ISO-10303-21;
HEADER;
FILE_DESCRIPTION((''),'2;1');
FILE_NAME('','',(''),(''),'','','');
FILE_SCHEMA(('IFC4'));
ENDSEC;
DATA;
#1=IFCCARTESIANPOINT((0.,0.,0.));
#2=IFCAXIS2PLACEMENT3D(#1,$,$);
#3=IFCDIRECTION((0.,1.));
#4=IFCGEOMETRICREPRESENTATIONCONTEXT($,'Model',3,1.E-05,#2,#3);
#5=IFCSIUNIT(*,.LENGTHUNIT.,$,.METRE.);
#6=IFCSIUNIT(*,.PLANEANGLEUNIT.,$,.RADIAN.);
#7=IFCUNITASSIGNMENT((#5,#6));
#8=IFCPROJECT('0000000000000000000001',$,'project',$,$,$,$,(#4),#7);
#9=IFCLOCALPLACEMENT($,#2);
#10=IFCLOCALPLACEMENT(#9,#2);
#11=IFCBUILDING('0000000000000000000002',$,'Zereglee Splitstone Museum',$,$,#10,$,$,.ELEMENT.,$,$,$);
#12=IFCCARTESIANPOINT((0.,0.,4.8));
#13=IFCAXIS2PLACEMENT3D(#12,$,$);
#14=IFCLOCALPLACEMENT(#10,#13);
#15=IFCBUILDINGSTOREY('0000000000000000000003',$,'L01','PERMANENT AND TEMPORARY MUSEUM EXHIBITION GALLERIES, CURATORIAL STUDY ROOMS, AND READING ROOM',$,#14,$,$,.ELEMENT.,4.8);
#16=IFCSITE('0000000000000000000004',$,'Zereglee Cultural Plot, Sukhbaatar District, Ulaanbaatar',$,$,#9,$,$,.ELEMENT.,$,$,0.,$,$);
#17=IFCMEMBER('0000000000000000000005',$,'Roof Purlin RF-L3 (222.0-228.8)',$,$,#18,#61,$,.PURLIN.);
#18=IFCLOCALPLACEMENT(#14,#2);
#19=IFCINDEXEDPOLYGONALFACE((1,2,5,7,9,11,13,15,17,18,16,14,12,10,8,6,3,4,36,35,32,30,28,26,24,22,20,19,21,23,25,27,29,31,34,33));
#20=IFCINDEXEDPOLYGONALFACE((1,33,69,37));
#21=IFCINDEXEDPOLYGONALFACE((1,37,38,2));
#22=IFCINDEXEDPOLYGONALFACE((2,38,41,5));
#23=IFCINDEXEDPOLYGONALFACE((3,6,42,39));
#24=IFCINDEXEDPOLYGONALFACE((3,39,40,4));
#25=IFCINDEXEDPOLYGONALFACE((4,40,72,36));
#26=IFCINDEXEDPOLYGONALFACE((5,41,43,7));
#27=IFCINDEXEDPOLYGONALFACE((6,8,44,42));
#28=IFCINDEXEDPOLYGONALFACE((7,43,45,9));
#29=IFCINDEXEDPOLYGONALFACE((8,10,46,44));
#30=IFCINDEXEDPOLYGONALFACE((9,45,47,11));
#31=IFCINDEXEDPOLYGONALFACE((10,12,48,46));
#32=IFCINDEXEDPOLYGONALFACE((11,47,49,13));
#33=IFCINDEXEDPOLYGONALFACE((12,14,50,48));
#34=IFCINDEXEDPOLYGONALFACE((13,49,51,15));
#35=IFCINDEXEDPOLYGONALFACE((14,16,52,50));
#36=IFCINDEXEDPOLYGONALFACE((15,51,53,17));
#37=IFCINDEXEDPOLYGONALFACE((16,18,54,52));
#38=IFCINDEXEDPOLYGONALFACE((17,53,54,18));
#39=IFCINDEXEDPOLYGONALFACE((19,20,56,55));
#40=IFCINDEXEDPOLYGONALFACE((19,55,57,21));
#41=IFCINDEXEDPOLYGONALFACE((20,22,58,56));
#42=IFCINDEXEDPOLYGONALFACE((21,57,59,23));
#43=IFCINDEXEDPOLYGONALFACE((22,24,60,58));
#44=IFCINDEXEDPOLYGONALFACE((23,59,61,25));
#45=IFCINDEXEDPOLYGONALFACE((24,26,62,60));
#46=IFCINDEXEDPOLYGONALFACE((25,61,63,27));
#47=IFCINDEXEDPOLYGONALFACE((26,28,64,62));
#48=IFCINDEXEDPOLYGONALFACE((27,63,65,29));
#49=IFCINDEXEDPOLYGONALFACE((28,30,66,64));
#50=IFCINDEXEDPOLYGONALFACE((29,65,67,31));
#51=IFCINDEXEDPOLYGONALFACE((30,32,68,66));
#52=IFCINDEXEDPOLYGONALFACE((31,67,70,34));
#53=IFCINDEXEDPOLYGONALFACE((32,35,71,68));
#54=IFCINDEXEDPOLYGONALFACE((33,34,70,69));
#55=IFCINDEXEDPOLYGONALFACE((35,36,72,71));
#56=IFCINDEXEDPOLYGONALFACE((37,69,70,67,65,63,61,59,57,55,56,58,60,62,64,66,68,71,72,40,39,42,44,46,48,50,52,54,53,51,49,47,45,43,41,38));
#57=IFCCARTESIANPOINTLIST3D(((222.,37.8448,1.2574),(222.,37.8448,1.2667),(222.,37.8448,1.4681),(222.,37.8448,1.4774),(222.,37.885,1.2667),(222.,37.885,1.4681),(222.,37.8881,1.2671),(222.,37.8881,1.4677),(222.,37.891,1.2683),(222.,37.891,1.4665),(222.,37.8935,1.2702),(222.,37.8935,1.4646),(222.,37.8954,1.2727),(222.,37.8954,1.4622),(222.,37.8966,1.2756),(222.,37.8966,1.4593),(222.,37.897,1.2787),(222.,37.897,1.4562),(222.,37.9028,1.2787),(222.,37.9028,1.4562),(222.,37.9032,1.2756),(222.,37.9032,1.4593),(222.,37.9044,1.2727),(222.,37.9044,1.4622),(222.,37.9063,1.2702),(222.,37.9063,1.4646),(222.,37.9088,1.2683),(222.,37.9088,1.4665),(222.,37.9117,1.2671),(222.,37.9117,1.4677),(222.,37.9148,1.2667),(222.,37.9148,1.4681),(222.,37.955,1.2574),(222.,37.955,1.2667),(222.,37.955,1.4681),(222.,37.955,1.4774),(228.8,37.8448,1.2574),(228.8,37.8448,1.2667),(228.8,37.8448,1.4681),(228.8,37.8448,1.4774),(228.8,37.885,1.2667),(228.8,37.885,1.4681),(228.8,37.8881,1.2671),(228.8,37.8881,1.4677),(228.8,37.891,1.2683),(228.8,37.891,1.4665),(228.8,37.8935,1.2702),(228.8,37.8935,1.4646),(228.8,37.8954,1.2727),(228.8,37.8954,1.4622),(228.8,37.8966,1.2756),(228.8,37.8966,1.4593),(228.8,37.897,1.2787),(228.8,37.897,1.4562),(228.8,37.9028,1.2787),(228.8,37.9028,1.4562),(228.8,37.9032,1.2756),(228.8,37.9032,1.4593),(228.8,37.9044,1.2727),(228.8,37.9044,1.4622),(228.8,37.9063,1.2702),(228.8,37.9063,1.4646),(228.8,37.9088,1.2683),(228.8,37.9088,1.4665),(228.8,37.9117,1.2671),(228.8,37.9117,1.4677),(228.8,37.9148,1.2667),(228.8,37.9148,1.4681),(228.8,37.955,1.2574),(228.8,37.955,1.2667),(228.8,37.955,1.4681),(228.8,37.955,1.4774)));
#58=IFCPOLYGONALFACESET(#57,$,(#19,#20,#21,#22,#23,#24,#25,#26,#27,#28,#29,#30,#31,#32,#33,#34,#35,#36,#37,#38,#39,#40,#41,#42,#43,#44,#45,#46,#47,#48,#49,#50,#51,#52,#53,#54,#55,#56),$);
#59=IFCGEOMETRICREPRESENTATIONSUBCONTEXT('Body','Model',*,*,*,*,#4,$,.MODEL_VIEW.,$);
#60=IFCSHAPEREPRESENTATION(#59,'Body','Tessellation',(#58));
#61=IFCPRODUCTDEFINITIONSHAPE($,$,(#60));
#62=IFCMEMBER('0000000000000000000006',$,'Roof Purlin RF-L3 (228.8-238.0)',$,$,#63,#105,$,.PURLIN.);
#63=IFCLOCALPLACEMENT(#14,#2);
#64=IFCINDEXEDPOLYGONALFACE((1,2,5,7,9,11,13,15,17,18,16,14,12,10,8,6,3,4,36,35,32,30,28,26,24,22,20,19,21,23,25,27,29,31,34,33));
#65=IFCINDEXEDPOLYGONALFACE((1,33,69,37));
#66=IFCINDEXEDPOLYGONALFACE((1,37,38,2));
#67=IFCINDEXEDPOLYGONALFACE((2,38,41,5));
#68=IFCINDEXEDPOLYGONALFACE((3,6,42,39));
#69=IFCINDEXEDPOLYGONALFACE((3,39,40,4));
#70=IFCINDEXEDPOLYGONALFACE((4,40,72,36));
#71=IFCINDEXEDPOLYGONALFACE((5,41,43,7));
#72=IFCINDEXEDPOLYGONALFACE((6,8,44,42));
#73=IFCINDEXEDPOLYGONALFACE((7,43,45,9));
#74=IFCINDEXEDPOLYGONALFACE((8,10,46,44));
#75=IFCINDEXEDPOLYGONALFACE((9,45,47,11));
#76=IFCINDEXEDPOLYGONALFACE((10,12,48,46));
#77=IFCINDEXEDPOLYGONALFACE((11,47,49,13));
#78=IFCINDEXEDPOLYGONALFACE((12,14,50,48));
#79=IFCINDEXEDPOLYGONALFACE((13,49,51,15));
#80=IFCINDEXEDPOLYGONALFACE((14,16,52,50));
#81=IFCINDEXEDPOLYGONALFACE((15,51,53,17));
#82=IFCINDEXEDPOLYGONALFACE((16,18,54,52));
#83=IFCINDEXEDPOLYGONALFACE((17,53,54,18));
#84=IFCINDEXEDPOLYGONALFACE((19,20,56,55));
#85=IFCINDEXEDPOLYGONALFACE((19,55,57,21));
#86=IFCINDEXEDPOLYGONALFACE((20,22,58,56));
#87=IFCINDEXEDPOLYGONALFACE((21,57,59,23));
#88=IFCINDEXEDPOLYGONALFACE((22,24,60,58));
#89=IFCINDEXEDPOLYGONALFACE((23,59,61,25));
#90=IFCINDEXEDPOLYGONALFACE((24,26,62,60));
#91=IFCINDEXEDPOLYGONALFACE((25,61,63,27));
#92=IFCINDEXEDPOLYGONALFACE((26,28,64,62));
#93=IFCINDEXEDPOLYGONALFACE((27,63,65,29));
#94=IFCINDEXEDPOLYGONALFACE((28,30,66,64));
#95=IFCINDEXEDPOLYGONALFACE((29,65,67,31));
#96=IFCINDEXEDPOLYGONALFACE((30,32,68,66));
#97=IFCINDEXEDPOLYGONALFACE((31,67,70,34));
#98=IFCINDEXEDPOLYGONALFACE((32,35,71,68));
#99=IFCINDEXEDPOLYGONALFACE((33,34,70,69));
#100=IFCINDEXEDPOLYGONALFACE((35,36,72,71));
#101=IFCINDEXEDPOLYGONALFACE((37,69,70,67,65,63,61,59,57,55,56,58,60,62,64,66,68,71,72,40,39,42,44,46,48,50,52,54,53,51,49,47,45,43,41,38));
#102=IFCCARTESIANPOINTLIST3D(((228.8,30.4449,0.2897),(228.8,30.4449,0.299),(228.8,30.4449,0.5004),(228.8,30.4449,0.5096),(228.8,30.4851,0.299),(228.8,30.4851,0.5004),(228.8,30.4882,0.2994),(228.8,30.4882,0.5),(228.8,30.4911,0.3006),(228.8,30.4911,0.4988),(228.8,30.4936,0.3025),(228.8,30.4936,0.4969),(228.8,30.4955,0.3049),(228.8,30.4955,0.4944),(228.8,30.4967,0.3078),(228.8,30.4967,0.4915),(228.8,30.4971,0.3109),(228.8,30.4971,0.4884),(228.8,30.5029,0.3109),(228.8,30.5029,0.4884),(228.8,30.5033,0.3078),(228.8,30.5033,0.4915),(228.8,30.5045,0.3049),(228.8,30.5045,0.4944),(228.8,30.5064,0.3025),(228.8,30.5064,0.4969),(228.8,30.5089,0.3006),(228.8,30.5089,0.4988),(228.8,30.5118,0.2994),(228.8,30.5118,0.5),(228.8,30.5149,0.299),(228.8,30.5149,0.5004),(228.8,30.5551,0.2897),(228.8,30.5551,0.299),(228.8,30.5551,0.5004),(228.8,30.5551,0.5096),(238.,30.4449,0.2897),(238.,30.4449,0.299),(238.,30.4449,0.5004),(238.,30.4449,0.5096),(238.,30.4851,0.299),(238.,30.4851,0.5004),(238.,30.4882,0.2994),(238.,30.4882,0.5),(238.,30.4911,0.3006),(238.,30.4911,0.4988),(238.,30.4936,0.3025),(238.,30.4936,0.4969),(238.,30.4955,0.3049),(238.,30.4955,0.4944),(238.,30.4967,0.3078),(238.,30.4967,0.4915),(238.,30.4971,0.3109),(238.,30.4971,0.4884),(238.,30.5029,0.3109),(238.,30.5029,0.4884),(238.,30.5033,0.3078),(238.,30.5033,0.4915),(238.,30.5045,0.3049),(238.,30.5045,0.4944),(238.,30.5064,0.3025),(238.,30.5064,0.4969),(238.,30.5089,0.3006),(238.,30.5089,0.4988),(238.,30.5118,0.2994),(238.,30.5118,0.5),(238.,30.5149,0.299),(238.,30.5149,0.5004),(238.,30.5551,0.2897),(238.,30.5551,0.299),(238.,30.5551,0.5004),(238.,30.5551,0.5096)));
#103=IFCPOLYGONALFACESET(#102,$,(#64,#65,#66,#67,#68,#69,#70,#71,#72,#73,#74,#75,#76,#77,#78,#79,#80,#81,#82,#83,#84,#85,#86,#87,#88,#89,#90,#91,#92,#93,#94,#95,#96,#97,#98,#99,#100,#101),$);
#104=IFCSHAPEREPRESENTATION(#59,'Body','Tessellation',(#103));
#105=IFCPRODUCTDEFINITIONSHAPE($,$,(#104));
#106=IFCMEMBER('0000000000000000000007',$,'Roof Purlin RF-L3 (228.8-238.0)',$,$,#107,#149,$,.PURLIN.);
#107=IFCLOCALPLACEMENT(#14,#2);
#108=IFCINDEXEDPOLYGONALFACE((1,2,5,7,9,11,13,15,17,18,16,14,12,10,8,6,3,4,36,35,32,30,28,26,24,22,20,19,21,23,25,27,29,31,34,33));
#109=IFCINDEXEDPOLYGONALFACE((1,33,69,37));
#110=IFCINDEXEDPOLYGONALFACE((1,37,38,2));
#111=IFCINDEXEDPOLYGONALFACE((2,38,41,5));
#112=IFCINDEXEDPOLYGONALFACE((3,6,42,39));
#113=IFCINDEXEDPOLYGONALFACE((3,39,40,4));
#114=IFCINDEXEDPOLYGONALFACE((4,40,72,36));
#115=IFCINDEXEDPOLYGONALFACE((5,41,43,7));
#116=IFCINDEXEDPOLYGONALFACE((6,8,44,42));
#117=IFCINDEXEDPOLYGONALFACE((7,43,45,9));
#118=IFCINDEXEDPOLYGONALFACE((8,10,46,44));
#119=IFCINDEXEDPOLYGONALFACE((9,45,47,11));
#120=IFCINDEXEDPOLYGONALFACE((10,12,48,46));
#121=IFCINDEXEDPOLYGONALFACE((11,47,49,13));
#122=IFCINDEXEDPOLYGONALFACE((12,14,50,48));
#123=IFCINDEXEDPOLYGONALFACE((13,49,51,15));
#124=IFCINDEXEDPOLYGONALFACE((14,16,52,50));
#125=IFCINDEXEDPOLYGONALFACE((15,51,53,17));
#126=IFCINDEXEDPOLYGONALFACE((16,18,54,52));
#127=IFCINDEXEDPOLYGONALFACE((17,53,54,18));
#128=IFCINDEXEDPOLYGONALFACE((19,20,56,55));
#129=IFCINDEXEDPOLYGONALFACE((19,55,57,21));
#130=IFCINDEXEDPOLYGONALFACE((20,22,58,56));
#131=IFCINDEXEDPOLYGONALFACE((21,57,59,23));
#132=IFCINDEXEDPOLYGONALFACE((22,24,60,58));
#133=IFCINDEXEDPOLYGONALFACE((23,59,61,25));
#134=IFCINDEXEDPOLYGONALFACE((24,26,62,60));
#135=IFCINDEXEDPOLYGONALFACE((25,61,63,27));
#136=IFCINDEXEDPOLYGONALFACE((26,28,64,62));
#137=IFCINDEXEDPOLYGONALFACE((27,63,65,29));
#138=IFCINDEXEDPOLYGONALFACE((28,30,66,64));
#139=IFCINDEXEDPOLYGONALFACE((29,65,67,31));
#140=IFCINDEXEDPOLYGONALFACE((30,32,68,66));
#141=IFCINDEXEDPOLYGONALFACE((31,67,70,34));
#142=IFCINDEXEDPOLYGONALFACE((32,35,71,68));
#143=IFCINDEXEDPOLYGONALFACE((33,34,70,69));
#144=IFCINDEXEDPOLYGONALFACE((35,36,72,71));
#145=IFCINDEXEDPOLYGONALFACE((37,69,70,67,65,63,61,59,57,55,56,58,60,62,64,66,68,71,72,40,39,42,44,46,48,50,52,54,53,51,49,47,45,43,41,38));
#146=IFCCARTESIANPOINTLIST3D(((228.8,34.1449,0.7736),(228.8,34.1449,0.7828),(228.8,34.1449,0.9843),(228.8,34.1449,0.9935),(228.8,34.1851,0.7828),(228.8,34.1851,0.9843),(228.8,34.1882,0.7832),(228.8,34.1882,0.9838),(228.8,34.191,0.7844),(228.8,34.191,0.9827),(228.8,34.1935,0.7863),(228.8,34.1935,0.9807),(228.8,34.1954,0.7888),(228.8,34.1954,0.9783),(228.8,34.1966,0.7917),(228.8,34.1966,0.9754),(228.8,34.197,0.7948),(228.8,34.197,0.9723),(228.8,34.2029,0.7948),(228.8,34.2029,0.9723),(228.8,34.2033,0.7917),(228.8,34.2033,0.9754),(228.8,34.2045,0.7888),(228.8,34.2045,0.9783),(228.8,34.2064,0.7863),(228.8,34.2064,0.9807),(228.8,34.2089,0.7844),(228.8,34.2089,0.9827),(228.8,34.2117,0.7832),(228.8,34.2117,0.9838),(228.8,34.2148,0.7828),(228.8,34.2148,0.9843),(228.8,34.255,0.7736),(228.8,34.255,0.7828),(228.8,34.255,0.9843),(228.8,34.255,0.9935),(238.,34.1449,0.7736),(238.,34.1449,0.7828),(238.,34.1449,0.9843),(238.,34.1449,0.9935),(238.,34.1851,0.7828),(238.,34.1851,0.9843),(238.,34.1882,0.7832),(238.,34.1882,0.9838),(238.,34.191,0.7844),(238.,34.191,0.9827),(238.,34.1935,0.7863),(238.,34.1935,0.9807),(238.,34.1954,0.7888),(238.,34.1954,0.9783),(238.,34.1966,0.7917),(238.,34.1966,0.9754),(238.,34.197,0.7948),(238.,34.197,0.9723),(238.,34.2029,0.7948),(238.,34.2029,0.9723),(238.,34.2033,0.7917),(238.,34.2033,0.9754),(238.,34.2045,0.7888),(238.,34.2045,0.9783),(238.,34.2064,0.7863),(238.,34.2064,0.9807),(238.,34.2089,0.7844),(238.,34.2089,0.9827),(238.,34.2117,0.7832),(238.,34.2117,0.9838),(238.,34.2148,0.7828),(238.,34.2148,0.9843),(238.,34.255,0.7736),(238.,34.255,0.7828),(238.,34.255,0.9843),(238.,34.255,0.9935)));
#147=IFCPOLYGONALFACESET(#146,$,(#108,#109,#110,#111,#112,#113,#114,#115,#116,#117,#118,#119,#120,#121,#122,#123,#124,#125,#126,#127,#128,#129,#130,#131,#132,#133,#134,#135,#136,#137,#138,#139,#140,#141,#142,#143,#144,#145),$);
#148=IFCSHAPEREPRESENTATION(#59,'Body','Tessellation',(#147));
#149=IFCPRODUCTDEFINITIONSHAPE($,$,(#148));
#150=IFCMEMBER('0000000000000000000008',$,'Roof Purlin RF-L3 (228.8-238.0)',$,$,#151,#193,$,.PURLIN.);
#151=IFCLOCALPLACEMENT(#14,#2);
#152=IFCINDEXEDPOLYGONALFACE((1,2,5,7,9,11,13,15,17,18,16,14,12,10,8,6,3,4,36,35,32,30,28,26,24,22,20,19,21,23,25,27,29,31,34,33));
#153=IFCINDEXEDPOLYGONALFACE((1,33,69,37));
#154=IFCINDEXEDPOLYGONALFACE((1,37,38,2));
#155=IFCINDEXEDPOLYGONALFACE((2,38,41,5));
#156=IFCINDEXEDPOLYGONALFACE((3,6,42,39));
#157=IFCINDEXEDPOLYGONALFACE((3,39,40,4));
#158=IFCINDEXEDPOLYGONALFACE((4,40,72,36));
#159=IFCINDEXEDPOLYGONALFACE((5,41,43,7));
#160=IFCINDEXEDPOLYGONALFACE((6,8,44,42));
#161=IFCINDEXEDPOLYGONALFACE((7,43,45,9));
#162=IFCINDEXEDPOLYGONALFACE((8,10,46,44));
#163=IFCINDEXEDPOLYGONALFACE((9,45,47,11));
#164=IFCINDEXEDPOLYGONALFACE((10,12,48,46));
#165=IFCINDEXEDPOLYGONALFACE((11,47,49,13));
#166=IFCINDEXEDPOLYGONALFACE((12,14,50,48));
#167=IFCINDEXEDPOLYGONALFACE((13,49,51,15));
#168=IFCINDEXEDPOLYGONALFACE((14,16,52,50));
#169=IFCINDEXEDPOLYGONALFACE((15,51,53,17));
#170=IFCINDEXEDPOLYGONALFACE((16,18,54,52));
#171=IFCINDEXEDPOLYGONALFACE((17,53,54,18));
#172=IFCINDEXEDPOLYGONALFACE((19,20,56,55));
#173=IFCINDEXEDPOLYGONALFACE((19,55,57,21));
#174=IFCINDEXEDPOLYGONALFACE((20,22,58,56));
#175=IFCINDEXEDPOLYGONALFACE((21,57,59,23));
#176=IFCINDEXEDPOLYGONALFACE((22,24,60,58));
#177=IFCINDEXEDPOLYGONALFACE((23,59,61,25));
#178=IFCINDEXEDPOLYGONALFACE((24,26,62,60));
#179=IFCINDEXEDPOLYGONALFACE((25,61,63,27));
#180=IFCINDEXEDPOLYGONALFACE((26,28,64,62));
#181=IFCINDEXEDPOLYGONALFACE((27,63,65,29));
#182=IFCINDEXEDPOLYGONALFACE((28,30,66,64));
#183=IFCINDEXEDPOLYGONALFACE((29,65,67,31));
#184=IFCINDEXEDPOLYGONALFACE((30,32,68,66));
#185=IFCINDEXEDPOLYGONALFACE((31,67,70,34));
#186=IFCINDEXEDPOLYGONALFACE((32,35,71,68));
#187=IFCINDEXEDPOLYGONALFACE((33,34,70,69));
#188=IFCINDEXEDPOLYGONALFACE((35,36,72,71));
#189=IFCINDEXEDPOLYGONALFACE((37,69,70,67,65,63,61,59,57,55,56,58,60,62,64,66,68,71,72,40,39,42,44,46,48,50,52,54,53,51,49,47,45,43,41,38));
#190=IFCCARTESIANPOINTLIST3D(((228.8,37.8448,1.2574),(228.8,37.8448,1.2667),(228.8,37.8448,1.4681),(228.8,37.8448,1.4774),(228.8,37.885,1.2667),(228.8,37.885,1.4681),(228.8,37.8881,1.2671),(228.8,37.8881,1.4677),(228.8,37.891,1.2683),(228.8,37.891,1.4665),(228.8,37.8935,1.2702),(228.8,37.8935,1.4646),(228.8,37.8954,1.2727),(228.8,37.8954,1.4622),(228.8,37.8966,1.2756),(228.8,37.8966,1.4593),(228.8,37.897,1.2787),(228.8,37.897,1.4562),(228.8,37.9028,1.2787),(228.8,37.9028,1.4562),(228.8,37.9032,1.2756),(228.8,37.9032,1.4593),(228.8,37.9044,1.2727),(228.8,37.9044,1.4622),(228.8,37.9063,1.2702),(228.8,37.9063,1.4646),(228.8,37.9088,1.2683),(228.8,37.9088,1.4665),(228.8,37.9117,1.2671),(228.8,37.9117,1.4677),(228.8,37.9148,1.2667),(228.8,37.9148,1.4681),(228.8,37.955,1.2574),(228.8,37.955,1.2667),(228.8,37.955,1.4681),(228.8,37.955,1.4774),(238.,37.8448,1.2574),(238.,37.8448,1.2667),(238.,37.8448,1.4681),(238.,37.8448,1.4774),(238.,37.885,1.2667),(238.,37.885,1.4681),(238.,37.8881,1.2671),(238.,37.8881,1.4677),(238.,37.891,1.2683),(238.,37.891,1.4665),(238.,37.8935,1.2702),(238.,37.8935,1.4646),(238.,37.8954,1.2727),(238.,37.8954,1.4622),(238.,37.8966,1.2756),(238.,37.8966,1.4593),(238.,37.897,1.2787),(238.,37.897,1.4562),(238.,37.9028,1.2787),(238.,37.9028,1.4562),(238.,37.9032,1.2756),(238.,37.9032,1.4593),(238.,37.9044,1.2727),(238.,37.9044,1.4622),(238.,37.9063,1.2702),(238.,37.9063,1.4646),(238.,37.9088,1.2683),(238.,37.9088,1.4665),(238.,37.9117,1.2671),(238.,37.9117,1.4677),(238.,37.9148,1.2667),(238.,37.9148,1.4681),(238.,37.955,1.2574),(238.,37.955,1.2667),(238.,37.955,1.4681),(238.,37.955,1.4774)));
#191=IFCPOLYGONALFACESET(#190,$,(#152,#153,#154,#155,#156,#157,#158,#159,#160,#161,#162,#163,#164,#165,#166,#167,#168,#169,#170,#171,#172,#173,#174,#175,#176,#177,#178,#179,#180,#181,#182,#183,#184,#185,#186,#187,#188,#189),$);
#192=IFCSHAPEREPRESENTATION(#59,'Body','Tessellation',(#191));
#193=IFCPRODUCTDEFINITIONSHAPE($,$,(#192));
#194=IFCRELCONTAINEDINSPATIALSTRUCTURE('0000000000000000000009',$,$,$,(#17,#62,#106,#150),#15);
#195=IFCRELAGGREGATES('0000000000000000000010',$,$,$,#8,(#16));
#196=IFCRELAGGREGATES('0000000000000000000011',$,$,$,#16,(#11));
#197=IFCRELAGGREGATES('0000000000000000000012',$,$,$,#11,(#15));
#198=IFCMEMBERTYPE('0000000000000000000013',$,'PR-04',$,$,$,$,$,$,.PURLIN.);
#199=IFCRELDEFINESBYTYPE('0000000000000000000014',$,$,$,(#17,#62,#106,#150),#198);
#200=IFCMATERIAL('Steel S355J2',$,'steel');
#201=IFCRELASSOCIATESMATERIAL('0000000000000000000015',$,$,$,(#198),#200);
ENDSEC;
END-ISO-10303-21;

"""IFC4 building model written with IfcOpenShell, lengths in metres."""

from ifc_helpers import new_model, si_unit, direction, frame, origin, origin_2d, place, context, subcontext, project, spatial, i_section, extrude, material, material_profile, profile_set, type_object, element, save


model = new_model("IFC4")

# Units and contexts
model_context = context("Model", 3, precision=1e-05, world=origin(), true_north=direction((0.0, 1.0)))
body_context = subcontext(model_context, "Body", "Model", "MODEL_VIEW")
ifc_project = project(units=[si_unit("LENGTHUNIT", "METRE"), si_unit("PLANEANGLEUNIT", "RADIAN")], contexts=[model_context])

# Site, building, storey
site_placement = place(None, origin())
site = spatial("IfcSite", under=ifc_project, at=site_placement, Name="Zereglee Cultural Plot, Sukhbaatar District, Ulaanbaatar", CompositionType="ELEMENT", RefElevation=0.0)
building_placement = place(site_placement, origin())
building = spatial("IfcBuilding", under=site, at=building_placement, Name="Zereglee Splitstone Museum", CompositionType="ELEMENT")
storey_placement = place(building_placement, frame((0.0, 0.0, 4.8)))
storey = spatial("IfcBuildingStorey", under=building, at=storey_placement, Name="L01", Description="PERMANENT AND TEMPORARY MUSEUM EXHIBITION GALLERIES, CURATORIAL STUDY ROOMS, AND READING ROOM", CompositionType="ELEMENT", Elevation=4.8)

# Shared definitions
ifc_material_1 = material(Name="Steel S355J2", Category="steel")

# Members
ifc_material_profile_1 = material_profile(ifc_material_1, i_section(OverallWidth=0.1101, OverallDepth=0.22, WebThickness=0.0059, FlangeThickness=0.0093, FilletRadius=0.012, at=origin_2d()), Name="IPE 220")
ifc_profile_set_1 = profile_set([ifc_material_profile_1], Name="Steel S355J2")
member_type_1 = type_object("IfcMemberType", Name="PR-04", PredefinedType="PURLIN", material=ifc_profile_set_1)
for number, where, z_axis, x_axis, name in (
    (1, (222.0, 37.8999, 1.3674), (1.0, 0.0, 0.0), (0.0, 1.0, 0.0), "Roof Purlin RF-L3 (222.0-228.8)"),
):
    element("IfcMember", number, at=place(storey_placement, frame(where, z_axis=z_axis, x_axis=x_axis)), inside=storey, type_object=member_type_1, Name=name, PredefinedType="PURLIN", context=body_context, shape_type="SweptSolid", body=[
        extrude(i_section(OverallWidth=0.1101, OverallDepth=0.22, WebThickness=0.0059, FlangeThickness=0.0093, FilletRadius=0.012, at=origin_2d()), origin(), (0.0, 0.0, 1.0), 6.8),
    ])
for number, where, z_axis, x_axis, name in (
    (2, (228.8, 30.5, 0.3997), (1.0, 0.0, 0.0), (0.0, 1.0, 0.0), "Roof Purlin RF-L3 (228.8-238.0)"),
    (3, (228.8, 34.2, 0.8835), (1.0, 0.0, 0.0), (0.0, 1.0, 0.0), "Roof Purlin RF-L3 (228.8-238.0)"),
    (4, (228.8, 37.8999, 1.3674), (1.0, 0.0, 0.0), (0.0, 1.0, 0.0), "Roof Purlin RF-L3 (228.8-238.0)"),
):
    element("IfcMember", number, at=place(storey_placement, frame(where, z_axis=z_axis, x_axis=x_axis)), inside=storey, type_object=member_type_1, Name=name, PredefinedType="PURLIN", context=body_context, shape_type="SweptSolid", body=[
        extrude(i_section(OverallWidth=0.1101, OverallDepth=0.22, WebThickness=0.0059, FlangeThickness=0.0093, FilletRadius=0.012, at=origin_2d()), origin(), (0.0, 0.0, 1.0), 9.2),
    ])

save(model, "model.ifc")
